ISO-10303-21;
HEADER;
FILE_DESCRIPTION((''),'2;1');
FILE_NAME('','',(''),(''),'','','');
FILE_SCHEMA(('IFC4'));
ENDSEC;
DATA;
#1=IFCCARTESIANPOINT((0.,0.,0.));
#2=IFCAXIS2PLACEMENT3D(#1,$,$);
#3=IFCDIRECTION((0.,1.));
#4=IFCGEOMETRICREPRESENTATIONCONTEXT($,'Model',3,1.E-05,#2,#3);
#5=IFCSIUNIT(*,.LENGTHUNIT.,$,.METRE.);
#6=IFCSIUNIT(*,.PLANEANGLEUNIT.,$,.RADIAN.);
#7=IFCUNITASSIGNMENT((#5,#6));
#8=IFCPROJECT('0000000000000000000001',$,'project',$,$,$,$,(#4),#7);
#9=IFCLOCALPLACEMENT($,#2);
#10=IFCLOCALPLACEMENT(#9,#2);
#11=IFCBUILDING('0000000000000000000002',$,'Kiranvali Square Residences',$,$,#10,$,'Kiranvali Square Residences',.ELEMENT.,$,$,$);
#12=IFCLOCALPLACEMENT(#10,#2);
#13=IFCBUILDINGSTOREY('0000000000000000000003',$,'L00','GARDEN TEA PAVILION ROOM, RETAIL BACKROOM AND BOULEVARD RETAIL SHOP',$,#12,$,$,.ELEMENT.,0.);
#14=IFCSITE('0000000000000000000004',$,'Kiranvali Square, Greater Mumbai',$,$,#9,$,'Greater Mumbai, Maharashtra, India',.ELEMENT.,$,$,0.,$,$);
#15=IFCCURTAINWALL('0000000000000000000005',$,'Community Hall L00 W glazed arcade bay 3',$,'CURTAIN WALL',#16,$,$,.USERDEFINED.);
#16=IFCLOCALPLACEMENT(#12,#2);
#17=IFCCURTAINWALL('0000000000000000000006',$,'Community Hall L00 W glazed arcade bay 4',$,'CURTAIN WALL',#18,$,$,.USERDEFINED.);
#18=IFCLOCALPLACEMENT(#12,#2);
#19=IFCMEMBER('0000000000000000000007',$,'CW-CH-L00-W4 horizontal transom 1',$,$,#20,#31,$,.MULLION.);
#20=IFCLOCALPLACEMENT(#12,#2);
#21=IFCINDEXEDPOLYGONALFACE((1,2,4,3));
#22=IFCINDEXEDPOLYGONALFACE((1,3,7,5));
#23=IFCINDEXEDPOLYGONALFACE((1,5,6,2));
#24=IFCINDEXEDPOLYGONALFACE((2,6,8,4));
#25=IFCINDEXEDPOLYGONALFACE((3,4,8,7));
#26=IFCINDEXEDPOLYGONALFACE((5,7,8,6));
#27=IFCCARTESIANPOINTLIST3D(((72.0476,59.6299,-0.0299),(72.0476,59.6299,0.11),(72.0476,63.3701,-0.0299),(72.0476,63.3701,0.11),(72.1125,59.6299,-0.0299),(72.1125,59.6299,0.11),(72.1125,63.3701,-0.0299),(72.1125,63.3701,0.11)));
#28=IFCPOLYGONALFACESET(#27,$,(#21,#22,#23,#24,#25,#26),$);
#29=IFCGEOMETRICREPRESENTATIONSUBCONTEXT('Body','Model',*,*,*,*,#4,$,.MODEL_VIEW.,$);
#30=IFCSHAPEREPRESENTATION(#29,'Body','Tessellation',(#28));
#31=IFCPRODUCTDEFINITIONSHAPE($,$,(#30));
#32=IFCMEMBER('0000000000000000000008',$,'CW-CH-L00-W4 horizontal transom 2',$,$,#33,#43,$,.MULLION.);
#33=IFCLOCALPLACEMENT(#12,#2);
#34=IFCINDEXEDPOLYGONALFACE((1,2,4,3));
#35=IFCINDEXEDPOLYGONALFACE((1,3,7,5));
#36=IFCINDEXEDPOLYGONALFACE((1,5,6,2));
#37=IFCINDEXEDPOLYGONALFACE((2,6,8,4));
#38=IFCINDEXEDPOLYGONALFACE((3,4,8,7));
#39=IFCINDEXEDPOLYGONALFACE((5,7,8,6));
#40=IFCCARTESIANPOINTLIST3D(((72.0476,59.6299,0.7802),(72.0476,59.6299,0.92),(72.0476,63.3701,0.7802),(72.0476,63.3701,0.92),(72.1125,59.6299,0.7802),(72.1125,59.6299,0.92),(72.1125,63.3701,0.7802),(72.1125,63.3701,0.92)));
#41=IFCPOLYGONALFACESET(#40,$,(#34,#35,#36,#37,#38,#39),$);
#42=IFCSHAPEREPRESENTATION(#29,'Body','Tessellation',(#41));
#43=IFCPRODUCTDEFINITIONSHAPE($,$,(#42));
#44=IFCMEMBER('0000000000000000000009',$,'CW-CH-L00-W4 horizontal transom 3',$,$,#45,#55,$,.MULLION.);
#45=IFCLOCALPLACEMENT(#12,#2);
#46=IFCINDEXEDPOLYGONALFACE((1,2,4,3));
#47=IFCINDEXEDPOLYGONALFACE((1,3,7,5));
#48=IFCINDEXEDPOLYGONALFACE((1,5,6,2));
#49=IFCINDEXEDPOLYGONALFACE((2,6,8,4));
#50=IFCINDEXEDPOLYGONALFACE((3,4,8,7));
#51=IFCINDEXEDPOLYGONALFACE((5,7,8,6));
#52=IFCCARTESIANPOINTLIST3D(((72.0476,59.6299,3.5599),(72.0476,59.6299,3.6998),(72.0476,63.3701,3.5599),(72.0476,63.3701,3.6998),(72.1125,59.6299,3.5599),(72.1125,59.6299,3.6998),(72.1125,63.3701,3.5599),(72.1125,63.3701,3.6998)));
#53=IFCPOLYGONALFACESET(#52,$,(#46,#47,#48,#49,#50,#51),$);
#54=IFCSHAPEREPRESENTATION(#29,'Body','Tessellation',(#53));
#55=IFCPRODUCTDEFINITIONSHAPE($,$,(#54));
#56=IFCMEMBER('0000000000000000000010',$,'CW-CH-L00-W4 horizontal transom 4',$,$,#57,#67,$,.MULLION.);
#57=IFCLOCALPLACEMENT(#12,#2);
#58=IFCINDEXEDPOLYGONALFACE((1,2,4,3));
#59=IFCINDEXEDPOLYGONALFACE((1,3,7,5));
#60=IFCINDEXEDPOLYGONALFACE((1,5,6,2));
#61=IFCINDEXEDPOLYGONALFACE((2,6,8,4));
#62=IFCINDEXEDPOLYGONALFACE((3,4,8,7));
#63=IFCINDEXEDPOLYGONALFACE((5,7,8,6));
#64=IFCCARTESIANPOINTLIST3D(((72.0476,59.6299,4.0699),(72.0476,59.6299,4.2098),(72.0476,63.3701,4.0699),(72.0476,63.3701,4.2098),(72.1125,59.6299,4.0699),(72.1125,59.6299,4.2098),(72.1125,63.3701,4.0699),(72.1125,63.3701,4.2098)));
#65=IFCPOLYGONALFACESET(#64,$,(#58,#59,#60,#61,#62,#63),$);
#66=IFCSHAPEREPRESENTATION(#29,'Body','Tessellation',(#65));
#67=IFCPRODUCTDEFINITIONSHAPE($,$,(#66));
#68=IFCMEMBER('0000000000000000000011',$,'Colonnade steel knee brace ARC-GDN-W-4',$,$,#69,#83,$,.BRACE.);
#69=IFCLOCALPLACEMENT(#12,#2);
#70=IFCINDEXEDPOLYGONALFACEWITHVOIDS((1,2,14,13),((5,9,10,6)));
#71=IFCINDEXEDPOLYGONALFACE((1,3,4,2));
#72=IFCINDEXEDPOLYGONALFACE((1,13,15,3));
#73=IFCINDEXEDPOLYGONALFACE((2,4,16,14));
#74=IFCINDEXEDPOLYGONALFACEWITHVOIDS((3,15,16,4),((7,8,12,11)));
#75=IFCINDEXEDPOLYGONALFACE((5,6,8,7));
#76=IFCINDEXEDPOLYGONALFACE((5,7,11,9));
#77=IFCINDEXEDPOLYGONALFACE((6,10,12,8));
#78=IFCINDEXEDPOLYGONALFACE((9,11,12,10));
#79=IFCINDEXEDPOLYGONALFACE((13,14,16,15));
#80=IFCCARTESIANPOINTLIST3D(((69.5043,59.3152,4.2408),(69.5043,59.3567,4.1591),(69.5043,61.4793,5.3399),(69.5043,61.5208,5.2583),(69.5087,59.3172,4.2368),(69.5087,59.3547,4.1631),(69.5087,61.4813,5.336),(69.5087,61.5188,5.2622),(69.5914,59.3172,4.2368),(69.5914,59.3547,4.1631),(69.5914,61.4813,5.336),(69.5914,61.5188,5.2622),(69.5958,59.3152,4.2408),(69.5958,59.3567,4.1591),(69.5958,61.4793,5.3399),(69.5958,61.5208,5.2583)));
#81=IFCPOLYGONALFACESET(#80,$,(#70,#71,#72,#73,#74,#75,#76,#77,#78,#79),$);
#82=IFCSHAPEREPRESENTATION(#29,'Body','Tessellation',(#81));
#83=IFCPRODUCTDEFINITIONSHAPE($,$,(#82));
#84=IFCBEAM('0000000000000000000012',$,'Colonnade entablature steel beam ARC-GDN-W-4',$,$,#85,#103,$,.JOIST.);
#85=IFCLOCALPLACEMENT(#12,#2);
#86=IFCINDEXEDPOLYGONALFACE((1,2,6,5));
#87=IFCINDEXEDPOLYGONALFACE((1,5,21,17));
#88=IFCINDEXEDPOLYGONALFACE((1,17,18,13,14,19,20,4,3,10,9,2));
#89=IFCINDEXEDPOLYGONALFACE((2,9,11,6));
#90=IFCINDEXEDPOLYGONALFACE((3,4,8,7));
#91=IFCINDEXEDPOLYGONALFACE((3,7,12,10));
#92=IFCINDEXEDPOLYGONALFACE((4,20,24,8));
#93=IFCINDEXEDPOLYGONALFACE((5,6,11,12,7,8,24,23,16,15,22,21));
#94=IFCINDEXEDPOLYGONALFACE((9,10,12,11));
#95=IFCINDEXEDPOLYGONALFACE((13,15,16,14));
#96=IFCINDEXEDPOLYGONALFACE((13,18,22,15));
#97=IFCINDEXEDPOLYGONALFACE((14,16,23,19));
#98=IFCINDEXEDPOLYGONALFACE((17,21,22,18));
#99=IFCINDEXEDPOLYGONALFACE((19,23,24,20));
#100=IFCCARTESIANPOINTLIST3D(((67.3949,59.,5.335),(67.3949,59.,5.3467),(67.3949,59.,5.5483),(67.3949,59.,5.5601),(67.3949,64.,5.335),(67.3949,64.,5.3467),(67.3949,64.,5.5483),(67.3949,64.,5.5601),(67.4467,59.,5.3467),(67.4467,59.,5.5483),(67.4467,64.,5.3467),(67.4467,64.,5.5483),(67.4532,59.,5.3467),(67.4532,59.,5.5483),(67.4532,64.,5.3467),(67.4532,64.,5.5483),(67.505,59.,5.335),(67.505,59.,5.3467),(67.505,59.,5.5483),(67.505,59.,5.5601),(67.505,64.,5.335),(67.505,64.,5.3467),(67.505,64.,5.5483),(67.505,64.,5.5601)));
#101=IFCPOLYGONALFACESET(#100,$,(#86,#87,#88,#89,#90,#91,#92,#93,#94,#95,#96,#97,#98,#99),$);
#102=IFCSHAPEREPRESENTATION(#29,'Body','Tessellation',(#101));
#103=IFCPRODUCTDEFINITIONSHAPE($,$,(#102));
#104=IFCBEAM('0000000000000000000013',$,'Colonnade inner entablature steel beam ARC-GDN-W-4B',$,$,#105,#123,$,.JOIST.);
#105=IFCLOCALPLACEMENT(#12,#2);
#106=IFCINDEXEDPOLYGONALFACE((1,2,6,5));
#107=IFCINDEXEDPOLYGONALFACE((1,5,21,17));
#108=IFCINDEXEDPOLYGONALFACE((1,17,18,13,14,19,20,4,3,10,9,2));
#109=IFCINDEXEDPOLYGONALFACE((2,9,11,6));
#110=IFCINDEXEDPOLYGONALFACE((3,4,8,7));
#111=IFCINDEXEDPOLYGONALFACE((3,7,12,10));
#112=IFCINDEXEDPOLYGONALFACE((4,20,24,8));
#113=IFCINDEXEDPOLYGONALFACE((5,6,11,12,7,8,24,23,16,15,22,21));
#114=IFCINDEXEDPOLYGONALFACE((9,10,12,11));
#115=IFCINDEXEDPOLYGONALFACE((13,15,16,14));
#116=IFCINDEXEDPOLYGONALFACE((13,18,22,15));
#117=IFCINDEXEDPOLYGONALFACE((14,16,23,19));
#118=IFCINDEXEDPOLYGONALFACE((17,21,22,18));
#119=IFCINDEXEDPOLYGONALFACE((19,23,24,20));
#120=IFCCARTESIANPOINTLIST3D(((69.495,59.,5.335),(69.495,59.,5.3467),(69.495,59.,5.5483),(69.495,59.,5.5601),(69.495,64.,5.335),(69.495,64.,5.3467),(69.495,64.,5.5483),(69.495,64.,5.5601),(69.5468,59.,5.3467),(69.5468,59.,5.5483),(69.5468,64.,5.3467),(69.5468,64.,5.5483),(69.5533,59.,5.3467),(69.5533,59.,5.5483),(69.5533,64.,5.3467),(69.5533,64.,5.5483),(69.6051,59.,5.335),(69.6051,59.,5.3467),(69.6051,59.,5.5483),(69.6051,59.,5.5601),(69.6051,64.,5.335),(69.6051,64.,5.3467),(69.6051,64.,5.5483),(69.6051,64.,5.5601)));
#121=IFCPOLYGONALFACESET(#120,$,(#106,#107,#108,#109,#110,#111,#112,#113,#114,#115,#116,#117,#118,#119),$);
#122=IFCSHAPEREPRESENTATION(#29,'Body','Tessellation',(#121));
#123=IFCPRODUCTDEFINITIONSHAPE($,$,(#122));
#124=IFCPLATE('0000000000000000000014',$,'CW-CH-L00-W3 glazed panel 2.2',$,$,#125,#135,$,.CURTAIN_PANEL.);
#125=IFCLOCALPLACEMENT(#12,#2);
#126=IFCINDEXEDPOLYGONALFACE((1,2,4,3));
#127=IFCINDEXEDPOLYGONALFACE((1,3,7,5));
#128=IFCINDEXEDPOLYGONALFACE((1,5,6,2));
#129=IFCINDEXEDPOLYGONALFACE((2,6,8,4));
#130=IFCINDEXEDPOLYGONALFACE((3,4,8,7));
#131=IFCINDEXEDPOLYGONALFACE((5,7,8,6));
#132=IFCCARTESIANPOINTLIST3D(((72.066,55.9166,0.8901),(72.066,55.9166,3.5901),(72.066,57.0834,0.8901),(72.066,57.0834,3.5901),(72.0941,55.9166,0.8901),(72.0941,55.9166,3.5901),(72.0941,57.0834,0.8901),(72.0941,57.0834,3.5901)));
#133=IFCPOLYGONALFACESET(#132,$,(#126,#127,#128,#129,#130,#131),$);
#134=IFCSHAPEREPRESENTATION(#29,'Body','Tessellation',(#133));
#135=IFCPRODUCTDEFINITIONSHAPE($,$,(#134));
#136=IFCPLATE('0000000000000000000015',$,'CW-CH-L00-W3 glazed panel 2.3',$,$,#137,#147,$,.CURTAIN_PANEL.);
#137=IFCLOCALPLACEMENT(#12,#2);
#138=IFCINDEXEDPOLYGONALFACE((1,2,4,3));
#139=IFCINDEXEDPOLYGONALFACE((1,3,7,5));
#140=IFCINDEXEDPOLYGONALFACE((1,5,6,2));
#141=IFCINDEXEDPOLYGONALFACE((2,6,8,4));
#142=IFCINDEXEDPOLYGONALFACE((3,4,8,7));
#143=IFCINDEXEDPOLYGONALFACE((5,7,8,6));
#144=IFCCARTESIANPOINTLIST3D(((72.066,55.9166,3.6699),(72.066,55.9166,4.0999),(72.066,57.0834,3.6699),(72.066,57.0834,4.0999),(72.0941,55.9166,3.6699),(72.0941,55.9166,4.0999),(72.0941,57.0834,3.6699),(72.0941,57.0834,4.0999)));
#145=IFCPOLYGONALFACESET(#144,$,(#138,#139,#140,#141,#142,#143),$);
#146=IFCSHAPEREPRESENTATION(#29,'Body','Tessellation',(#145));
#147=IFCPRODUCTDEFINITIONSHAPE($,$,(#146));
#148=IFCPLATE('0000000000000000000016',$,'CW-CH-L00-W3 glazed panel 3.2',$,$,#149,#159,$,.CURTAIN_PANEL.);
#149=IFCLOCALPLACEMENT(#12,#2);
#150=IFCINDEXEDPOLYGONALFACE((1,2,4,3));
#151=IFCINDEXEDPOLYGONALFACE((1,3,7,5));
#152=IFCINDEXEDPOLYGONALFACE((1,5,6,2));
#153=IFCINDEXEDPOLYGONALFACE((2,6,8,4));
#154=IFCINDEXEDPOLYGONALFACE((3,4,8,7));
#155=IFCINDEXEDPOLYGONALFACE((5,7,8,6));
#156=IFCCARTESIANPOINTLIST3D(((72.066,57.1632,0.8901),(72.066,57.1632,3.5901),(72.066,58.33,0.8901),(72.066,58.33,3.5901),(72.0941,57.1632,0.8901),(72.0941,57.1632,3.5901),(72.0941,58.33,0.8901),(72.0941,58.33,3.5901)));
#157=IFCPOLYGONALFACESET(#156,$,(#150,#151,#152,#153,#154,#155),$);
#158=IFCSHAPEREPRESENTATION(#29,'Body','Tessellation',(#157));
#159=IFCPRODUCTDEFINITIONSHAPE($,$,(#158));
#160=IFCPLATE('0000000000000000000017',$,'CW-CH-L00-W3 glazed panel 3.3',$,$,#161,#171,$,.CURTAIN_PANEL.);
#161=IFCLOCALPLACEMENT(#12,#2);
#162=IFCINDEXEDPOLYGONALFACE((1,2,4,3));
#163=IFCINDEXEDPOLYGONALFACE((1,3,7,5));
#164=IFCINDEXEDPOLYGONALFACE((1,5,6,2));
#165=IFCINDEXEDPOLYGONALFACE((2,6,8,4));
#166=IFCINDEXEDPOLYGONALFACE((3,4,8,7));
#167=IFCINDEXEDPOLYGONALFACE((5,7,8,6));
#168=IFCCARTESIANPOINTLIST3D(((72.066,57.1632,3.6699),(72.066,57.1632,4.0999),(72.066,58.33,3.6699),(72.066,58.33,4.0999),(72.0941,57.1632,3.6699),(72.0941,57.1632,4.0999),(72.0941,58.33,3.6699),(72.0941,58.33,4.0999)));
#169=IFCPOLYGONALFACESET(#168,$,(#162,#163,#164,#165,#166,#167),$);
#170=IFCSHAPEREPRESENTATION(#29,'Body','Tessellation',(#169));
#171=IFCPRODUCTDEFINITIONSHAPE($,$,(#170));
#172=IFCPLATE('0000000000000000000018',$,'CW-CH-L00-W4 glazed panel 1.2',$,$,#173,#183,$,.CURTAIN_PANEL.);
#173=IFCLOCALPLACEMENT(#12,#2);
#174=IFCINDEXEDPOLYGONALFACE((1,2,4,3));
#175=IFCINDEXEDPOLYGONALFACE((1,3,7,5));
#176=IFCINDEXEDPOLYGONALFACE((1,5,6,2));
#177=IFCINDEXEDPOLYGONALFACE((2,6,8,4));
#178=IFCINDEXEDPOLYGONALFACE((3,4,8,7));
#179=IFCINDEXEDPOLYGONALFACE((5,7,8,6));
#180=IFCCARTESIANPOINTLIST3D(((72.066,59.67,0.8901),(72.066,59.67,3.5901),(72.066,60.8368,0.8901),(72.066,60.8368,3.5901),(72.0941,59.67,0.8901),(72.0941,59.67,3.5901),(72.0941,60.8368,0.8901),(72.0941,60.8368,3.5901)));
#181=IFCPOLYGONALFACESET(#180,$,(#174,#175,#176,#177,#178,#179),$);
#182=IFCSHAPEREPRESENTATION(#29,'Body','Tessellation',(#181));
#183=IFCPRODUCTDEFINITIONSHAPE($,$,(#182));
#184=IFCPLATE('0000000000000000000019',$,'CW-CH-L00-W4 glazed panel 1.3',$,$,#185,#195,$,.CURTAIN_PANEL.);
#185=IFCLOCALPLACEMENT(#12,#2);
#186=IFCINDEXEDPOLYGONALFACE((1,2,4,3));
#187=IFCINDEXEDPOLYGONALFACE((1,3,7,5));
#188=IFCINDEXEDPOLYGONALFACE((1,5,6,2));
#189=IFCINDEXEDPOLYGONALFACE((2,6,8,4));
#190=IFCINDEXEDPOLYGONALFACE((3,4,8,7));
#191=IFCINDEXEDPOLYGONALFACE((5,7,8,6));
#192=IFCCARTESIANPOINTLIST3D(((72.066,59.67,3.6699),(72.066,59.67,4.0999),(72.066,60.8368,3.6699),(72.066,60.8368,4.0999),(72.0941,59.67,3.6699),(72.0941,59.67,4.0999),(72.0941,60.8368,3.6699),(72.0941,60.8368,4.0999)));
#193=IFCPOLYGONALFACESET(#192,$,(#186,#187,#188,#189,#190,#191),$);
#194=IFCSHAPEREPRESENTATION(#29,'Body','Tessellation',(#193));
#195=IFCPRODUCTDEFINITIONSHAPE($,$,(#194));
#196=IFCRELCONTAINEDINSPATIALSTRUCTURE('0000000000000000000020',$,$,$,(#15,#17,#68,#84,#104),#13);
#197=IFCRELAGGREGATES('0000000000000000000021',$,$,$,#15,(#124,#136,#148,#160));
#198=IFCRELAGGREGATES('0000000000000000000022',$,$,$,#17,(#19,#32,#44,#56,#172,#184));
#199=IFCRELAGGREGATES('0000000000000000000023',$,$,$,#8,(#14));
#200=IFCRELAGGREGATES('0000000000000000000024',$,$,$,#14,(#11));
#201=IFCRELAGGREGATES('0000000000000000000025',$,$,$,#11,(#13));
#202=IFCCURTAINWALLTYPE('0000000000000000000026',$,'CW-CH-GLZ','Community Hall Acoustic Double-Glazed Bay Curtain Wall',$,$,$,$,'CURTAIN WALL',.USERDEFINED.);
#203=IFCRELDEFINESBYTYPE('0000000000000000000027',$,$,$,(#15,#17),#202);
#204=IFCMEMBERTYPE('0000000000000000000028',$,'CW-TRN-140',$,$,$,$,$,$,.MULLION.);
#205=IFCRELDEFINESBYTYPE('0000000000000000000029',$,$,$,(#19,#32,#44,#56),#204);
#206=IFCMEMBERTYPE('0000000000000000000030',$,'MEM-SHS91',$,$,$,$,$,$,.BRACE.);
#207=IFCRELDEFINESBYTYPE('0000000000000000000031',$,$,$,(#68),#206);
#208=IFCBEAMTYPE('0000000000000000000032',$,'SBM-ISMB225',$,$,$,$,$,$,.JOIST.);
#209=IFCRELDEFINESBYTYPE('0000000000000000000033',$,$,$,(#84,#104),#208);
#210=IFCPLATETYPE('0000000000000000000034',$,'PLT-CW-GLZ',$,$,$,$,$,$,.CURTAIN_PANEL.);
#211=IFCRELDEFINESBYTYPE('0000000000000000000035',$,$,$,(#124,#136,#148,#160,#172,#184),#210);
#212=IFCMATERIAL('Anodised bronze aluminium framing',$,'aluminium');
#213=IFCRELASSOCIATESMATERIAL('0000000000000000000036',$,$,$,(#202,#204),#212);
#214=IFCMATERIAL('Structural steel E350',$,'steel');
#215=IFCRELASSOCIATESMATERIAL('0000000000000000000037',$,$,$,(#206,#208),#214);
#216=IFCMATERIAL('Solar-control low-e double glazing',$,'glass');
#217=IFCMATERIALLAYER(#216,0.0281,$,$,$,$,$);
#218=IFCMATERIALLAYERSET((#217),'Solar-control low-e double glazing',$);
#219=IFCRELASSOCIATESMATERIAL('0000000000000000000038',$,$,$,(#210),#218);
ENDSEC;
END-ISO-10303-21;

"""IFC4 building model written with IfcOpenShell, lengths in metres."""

from ifc_helpers import new_model, si_unit, direction, frame, origin, origin_2d, place, context, subcontext, project, spatial, rectangle, hollow_rectangle, i_section, extrude, material, layer, layer_set, material_profile, profile_set, type_object, element, aggregate, save


model = new_model("IFC4")

# Units and contexts
model_context = context("Model", 3, precision=1e-05, world=origin(), true_north=direction((0.0, 1.0)))
body_context = subcontext(model_context, "Body", "Model", "MODEL_VIEW")
ifc_project = project(units=[si_unit("LENGTHUNIT", "METRE"), si_unit("PLANEANGLEUNIT", "RADIAN")], contexts=[model_context])

# Site, building, storey
site_placement = place(None, origin())
site = spatial("IfcSite", under=ifc_project, at=site_placement, Name="Kiranvali Square, Greater Mumbai", LongName="Greater Mumbai, Maharashtra, India", CompositionType="ELEMENT", RefElevation=0.0)
building_placement = place(site_placement, origin())
building = spatial("IfcBuilding", under=site, at=building_placement, Name="Kiranvali Square Residences", LongName="Kiranvali Square Residences", CompositionType="ELEMENT")
storey_placement = place(building_placement, origin())
storey = spatial("IfcBuildingStorey", under=building, at=storey_placement, Name="L00", Description="GARDEN TEA PAVILION ROOM, RETAIL BACKROOM AND BOULEVARD RETAIL SHOP", CompositionType="ELEMENT", Elevation=0.0)

# Curtain walls, members
ifc_material_1 = material(Name="Anodised bronze aluminium framing", Category="aluminium")
curtain_wall_type = type_object("IfcCurtainWallType", Name="CW-CH-GLZ", Description="Community Hall Acoustic Double-Glazed Bay Curtain Wall", ElementType="CURTAIN WALL", PredefinedType="USERDEFINED", material=ifc_material_1)
curtain_wall_1_placement = place(storey_placement, origin())
curtain_wall_1 = element("IfcCurtainWall", 1, at=curtain_wall_1_placement, inside=storey, type_object=curtain_wall_type, Name="Community Hall L00 W glazed arcade bay 3", ObjectType="CURTAIN WALL", PredefinedType="USERDEFINED")
curtain_wall_2_placement = place(storey_placement, origin())
curtain_wall_2 = element("IfcCurtainWall", 2, at=curtain_wall_2_placement, inside=storey, type_object=curtain_wall_type, Name="Community Hall L00 W glazed arcade bay 4", ObjectType="CURTAIN WALL", PredefinedType="USERDEFINED")
ifc_material_profile_1 = material_profile(ifc_material_1, rectangle(XDim=0.0649, YDim=0.1399, at=origin_2d()), Name="ALU 65x140")
ifc_profile_set_1 = profile_set([ifc_material_profile_1], Name="Anodised bronze aluminium framing")
member_type_1 = type_object("IfcMemberType", Name="CW-TRN-140", PredefinedType="MULLION", material=ifc_profile_set_1)
member_1_placement = place(storey_placement, frame((72.0801, 59.6299, 0.04), z_axis=(0.0, 1.0, 0.0), x_axis=(-1.0, 0.0, 0.0)))
member_1 = element("IfcMember", 3, at=member_1_placement, type_object=member_type_1, Name="CW-CH-L00-W4 horizontal transom 1", PredefinedType="MULLION", context=body_context, shape_type="SweptSolid", body=[
    extrude(rectangle(XDim=0.0649, YDim=0.1399, at=origin_2d()), origin(), (0.0, 0.0, 1.0), 3.7402),
])
member_2_placement = place(storey_placement, frame((72.0801, 59.6299, 0.8501), z_axis=(0.0, 1.0, 0.0), x_axis=(-1.0, 0.0, 0.0)))
member_2 = element("IfcMember", 4, at=member_2_placement, type_object=member_type_1, Name="CW-CH-L00-W4 horizontal transom 2", PredefinedType="MULLION", context=body_context, shape_type="SweptSolid", body=[
    extrude(rectangle(XDim=0.0649, YDim=0.1399, at=origin_2d()), origin(), (0.0, 0.0, 1.0), 3.7402),
])
member_3_placement = place(storey_placement, frame((72.0801, 59.6299, 3.6299), z_axis=(0.0, 1.0, 0.0), x_axis=(-1.0, 0.0, 0.0)))
member_3 = element("IfcMember", 5, at=member_3_placement, type_object=member_type_1, Name="CW-CH-L00-W4 horizontal transom 3", PredefinedType="MULLION", context=body_context, shape_type="SweptSolid", body=[
    extrude(rectangle(XDim=0.0649, YDim=0.1399, at=origin_2d()), origin(), (0.0, 0.0, 1.0), 3.7402),
])
member_4_placement = place(storey_placement, frame((72.0801, 59.6299, 4.1399), z_axis=(0.0, 1.0, 0.0), x_axis=(-1.0, 0.0, 0.0)))
member_4 = element("IfcMember", 6, at=member_4_placement, type_object=member_type_1, Name="CW-CH-L00-W4 horizontal transom 4", PredefinedType="MULLION", context=body_context, shape_type="SweptSolid", body=[
    extrude(rectangle(XDim=0.0649, YDim=0.1399, at=origin_2d()), origin(), (0.0, 0.0, 1.0), 3.7402),
])

# Member
ifc_material_2 = material(Name="Structural steel E350", Category="steel")
ifc_material_profile_2 = material_profile(ifc_material_2, hollow_rectangle(XDim=0.0916, YDim=0.0916, WallThickness=0.0044, at=origin_2d()), Name="SHS 91.5x91.5x4.5")
ifc_profile_set_2 = profile_set([ifc_material_profile_2], Name="Structural steel E350")
member_type_2 = type_object("IfcMemberType", Name="MEM-SHS91", PredefinedType="BRACE", material=ifc_profile_set_2)
member_5_placement = place(storey_placement, frame((69.55, 59.3359, 4.2), z_axis=(0.0, 0.891593, 0.452838), x_axis=(-1.0, 0.0, 0.0)))
element("IfcMember", 7, at=member_5_placement, inside=storey, type_object=member_type_2, Name="Colonnade steel knee brace ARC-GDN-W-4", PredefinedType="BRACE", context=body_context, shape_type="SweptSolid", body=[
    extrude(hollow_rectangle(XDim=0.0916, YDim=0.0916, WallThickness=0.0044, at=origin_2d()), origin(), (0.0, 0.0, 1.0), 2.4272),
])

# Beams
ifc_material_profile_3 = material_profile(ifc_material_2, i_section(OverallWidth=0.1101, OverallDepth=0.2251, WebThickness=0.0066, FlangeThickness=0.0117, at=origin_2d()), Name="ISMB 225")
ifc_profile_set_3 = profile_set([ifc_material_profile_3], Name="Structural steel E350")
beam_type_1 = type_object("IfcBeamType", Name="SBM-ISMB225", PredefinedType="JOIST", material=ifc_profile_set_3)
for number, where, z_axis, x_axis, name in (
    (8, (67.45, 59.0, 5.4475), (0.0, 1.0, 0.0), (-1.0, 0.0, 0.0), "Colonnade entablature steel beam ARC-GDN-W-4"),
    (9, (69.55, 59.0, 5.4475), (0.0, 1.0, 0.0), (-1.0, 0.0, 0.0), "Colonnade inner entablature steel beam ARC-GDN-W-4B"),
):
    element("IfcBeam", number, at=place(storey_placement, frame(where, z_axis=z_axis, x_axis=x_axis)), inside=storey, type_object=beam_type_1, Name=name, PredefinedType="JOIST", context=body_context, shape_type="SweptSolid", body=[
        extrude(i_section(OverallWidth=0.1101, OverallDepth=0.2251, WebThickness=0.0066, FlangeThickness=0.0117, at=origin_2d()), origin(), (0.0, 0.0, 1.0), 5.0),
    ])

# Plates
ifc_material_3 = material(Name="Solar-control low-e double glazing", Category="glass")
ifc_layer_1 = layer(ifc_material_3, 0.0281)
ifc_layer_set_1 = layer_set([ifc_layer_1], Name="Solar-control low-e double glazing")
plate_type_1 = type_object("IfcPlateType", Name="PLT-CW-GLZ", PredefinedType="CURTAIN_PANEL", material=ifc_layer_set_1)
plate_1_placement = place(storey_placement, frame((72.0801, 56.5, 0.8901), z_axis=(0.0, 0.0, 1.0), x_axis=(0.0, 1.0, 0.0)))
plate_1 = element("IfcPlate", 10, at=plate_1_placement, type_object=plate_type_1, Name="CW-CH-L00-W3 glazed panel 2.2", PredefinedType="CURTAIN_PANEL", context=body_context, shape_type="SweptSolid", body=[
    extrude(rectangle(XDim=1.1667, YDim=0.0281, at=origin_2d()), origin(), (0.0, 0.0, 1.0), 2.7),
])
plate_2_placement = place(storey_placement, frame((72.0801, 56.5, 3.6699), z_axis=(0.0, 0.0, 1.0), x_axis=(0.0, 1.0, 0.0)))
plate_2 = element("IfcPlate", 11, at=plate_2_placement, type_object=plate_type_1, Name="CW-CH-L00-W3 glazed panel 2.3", PredefinedType="CURTAIN_PANEL", context=body_context, shape_type="SweptSolid", body=[
    extrude(rectangle(XDim=1.1667, YDim=0.0281, at=origin_2d()), origin(), (0.0, 0.0, 1.0), 0.4299),
])
plate_3_placement = place(storey_placement, frame((72.0801, 57.7466, 0.8901), z_axis=(0.0, 0.0, 1.0), x_axis=(0.0, 1.0, 0.0)))
plate_3 = element("IfcPlate", 12, at=plate_3_placement, type_object=plate_type_1, Name="CW-CH-L00-W3 glazed panel 3.2", PredefinedType="CURTAIN_PANEL", context=body_context, shape_type="SweptSolid", body=[
    extrude(rectangle(XDim=1.1667, YDim=0.0281, at=origin_2d()), origin(), (0.0, 0.0, 1.0), 2.7),
])
plate_4_placement = place(storey_placement, frame((72.0801, 57.7466, 3.6699), z_axis=(0.0, 0.0, 1.0), x_axis=(0.0, 1.0, 0.0)))
plate_4 = element("IfcPlate", 13, at=plate_4_placement, type_object=plate_type_1, Name="CW-CH-L00-W3 glazed panel 3.3", PredefinedType="CURTAIN_PANEL", context=body_context, shape_type="SweptSolid", body=[
    extrude(rectangle(XDim=1.1667, YDim=0.0281, at=origin_2d()), origin(), (0.0, 0.0, 1.0), 0.4299),
])
plate_5_placement = place(storey_placement, frame((72.0801, 60.2534, 0.8901), z_axis=(0.0, 0.0, 1.0), x_axis=(0.0, 1.0, 0.0)))
plate_5 = element("IfcPlate", 14, at=plate_5_placement, type_object=plate_type_1, Name="CW-CH-L00-W4 glazed panel 1.2", PredefinedType="CURTAIN_PANEL", context=body_context, shape_type="SweptSolid", body=[
    extrude(rectangle(XDim=1.1667, YDim=0.0281, at=origin_2d()), origin(), (0.0, 0.0, 1.0), 2.7),
])
plate_6_placement = place(storey_placement, frame((72.0801, 60.2534, 3.6699), z_axis=(0.0, 0.0, 1.0), x_axis=(0.0, 1.0, 0.0)))
plate_6 = element("IfcPlate", 15, at=plate_6_placement, type_object=plate_type_1, Name="CW-CH-L00-W4 glazed panel 1.3", PredefinedType="CURTAIN_PANEL", context=body_context, shape_type="SweptSolid", body=[
    extrude(rectangle(XDim=1.1667, YDim=0.0281, at=origin_2d()), origin(), (0.0, 0.0, 1.0), 0.4299),
])
aggregate(curtain_wall_1, [plate_1, plate_2, plate_3, plate_4])
aggregate(curtain_wall_2, [member_1, member_2, member_3, member_4, plate_5, plate_6])

save(model, "model.ifc")
